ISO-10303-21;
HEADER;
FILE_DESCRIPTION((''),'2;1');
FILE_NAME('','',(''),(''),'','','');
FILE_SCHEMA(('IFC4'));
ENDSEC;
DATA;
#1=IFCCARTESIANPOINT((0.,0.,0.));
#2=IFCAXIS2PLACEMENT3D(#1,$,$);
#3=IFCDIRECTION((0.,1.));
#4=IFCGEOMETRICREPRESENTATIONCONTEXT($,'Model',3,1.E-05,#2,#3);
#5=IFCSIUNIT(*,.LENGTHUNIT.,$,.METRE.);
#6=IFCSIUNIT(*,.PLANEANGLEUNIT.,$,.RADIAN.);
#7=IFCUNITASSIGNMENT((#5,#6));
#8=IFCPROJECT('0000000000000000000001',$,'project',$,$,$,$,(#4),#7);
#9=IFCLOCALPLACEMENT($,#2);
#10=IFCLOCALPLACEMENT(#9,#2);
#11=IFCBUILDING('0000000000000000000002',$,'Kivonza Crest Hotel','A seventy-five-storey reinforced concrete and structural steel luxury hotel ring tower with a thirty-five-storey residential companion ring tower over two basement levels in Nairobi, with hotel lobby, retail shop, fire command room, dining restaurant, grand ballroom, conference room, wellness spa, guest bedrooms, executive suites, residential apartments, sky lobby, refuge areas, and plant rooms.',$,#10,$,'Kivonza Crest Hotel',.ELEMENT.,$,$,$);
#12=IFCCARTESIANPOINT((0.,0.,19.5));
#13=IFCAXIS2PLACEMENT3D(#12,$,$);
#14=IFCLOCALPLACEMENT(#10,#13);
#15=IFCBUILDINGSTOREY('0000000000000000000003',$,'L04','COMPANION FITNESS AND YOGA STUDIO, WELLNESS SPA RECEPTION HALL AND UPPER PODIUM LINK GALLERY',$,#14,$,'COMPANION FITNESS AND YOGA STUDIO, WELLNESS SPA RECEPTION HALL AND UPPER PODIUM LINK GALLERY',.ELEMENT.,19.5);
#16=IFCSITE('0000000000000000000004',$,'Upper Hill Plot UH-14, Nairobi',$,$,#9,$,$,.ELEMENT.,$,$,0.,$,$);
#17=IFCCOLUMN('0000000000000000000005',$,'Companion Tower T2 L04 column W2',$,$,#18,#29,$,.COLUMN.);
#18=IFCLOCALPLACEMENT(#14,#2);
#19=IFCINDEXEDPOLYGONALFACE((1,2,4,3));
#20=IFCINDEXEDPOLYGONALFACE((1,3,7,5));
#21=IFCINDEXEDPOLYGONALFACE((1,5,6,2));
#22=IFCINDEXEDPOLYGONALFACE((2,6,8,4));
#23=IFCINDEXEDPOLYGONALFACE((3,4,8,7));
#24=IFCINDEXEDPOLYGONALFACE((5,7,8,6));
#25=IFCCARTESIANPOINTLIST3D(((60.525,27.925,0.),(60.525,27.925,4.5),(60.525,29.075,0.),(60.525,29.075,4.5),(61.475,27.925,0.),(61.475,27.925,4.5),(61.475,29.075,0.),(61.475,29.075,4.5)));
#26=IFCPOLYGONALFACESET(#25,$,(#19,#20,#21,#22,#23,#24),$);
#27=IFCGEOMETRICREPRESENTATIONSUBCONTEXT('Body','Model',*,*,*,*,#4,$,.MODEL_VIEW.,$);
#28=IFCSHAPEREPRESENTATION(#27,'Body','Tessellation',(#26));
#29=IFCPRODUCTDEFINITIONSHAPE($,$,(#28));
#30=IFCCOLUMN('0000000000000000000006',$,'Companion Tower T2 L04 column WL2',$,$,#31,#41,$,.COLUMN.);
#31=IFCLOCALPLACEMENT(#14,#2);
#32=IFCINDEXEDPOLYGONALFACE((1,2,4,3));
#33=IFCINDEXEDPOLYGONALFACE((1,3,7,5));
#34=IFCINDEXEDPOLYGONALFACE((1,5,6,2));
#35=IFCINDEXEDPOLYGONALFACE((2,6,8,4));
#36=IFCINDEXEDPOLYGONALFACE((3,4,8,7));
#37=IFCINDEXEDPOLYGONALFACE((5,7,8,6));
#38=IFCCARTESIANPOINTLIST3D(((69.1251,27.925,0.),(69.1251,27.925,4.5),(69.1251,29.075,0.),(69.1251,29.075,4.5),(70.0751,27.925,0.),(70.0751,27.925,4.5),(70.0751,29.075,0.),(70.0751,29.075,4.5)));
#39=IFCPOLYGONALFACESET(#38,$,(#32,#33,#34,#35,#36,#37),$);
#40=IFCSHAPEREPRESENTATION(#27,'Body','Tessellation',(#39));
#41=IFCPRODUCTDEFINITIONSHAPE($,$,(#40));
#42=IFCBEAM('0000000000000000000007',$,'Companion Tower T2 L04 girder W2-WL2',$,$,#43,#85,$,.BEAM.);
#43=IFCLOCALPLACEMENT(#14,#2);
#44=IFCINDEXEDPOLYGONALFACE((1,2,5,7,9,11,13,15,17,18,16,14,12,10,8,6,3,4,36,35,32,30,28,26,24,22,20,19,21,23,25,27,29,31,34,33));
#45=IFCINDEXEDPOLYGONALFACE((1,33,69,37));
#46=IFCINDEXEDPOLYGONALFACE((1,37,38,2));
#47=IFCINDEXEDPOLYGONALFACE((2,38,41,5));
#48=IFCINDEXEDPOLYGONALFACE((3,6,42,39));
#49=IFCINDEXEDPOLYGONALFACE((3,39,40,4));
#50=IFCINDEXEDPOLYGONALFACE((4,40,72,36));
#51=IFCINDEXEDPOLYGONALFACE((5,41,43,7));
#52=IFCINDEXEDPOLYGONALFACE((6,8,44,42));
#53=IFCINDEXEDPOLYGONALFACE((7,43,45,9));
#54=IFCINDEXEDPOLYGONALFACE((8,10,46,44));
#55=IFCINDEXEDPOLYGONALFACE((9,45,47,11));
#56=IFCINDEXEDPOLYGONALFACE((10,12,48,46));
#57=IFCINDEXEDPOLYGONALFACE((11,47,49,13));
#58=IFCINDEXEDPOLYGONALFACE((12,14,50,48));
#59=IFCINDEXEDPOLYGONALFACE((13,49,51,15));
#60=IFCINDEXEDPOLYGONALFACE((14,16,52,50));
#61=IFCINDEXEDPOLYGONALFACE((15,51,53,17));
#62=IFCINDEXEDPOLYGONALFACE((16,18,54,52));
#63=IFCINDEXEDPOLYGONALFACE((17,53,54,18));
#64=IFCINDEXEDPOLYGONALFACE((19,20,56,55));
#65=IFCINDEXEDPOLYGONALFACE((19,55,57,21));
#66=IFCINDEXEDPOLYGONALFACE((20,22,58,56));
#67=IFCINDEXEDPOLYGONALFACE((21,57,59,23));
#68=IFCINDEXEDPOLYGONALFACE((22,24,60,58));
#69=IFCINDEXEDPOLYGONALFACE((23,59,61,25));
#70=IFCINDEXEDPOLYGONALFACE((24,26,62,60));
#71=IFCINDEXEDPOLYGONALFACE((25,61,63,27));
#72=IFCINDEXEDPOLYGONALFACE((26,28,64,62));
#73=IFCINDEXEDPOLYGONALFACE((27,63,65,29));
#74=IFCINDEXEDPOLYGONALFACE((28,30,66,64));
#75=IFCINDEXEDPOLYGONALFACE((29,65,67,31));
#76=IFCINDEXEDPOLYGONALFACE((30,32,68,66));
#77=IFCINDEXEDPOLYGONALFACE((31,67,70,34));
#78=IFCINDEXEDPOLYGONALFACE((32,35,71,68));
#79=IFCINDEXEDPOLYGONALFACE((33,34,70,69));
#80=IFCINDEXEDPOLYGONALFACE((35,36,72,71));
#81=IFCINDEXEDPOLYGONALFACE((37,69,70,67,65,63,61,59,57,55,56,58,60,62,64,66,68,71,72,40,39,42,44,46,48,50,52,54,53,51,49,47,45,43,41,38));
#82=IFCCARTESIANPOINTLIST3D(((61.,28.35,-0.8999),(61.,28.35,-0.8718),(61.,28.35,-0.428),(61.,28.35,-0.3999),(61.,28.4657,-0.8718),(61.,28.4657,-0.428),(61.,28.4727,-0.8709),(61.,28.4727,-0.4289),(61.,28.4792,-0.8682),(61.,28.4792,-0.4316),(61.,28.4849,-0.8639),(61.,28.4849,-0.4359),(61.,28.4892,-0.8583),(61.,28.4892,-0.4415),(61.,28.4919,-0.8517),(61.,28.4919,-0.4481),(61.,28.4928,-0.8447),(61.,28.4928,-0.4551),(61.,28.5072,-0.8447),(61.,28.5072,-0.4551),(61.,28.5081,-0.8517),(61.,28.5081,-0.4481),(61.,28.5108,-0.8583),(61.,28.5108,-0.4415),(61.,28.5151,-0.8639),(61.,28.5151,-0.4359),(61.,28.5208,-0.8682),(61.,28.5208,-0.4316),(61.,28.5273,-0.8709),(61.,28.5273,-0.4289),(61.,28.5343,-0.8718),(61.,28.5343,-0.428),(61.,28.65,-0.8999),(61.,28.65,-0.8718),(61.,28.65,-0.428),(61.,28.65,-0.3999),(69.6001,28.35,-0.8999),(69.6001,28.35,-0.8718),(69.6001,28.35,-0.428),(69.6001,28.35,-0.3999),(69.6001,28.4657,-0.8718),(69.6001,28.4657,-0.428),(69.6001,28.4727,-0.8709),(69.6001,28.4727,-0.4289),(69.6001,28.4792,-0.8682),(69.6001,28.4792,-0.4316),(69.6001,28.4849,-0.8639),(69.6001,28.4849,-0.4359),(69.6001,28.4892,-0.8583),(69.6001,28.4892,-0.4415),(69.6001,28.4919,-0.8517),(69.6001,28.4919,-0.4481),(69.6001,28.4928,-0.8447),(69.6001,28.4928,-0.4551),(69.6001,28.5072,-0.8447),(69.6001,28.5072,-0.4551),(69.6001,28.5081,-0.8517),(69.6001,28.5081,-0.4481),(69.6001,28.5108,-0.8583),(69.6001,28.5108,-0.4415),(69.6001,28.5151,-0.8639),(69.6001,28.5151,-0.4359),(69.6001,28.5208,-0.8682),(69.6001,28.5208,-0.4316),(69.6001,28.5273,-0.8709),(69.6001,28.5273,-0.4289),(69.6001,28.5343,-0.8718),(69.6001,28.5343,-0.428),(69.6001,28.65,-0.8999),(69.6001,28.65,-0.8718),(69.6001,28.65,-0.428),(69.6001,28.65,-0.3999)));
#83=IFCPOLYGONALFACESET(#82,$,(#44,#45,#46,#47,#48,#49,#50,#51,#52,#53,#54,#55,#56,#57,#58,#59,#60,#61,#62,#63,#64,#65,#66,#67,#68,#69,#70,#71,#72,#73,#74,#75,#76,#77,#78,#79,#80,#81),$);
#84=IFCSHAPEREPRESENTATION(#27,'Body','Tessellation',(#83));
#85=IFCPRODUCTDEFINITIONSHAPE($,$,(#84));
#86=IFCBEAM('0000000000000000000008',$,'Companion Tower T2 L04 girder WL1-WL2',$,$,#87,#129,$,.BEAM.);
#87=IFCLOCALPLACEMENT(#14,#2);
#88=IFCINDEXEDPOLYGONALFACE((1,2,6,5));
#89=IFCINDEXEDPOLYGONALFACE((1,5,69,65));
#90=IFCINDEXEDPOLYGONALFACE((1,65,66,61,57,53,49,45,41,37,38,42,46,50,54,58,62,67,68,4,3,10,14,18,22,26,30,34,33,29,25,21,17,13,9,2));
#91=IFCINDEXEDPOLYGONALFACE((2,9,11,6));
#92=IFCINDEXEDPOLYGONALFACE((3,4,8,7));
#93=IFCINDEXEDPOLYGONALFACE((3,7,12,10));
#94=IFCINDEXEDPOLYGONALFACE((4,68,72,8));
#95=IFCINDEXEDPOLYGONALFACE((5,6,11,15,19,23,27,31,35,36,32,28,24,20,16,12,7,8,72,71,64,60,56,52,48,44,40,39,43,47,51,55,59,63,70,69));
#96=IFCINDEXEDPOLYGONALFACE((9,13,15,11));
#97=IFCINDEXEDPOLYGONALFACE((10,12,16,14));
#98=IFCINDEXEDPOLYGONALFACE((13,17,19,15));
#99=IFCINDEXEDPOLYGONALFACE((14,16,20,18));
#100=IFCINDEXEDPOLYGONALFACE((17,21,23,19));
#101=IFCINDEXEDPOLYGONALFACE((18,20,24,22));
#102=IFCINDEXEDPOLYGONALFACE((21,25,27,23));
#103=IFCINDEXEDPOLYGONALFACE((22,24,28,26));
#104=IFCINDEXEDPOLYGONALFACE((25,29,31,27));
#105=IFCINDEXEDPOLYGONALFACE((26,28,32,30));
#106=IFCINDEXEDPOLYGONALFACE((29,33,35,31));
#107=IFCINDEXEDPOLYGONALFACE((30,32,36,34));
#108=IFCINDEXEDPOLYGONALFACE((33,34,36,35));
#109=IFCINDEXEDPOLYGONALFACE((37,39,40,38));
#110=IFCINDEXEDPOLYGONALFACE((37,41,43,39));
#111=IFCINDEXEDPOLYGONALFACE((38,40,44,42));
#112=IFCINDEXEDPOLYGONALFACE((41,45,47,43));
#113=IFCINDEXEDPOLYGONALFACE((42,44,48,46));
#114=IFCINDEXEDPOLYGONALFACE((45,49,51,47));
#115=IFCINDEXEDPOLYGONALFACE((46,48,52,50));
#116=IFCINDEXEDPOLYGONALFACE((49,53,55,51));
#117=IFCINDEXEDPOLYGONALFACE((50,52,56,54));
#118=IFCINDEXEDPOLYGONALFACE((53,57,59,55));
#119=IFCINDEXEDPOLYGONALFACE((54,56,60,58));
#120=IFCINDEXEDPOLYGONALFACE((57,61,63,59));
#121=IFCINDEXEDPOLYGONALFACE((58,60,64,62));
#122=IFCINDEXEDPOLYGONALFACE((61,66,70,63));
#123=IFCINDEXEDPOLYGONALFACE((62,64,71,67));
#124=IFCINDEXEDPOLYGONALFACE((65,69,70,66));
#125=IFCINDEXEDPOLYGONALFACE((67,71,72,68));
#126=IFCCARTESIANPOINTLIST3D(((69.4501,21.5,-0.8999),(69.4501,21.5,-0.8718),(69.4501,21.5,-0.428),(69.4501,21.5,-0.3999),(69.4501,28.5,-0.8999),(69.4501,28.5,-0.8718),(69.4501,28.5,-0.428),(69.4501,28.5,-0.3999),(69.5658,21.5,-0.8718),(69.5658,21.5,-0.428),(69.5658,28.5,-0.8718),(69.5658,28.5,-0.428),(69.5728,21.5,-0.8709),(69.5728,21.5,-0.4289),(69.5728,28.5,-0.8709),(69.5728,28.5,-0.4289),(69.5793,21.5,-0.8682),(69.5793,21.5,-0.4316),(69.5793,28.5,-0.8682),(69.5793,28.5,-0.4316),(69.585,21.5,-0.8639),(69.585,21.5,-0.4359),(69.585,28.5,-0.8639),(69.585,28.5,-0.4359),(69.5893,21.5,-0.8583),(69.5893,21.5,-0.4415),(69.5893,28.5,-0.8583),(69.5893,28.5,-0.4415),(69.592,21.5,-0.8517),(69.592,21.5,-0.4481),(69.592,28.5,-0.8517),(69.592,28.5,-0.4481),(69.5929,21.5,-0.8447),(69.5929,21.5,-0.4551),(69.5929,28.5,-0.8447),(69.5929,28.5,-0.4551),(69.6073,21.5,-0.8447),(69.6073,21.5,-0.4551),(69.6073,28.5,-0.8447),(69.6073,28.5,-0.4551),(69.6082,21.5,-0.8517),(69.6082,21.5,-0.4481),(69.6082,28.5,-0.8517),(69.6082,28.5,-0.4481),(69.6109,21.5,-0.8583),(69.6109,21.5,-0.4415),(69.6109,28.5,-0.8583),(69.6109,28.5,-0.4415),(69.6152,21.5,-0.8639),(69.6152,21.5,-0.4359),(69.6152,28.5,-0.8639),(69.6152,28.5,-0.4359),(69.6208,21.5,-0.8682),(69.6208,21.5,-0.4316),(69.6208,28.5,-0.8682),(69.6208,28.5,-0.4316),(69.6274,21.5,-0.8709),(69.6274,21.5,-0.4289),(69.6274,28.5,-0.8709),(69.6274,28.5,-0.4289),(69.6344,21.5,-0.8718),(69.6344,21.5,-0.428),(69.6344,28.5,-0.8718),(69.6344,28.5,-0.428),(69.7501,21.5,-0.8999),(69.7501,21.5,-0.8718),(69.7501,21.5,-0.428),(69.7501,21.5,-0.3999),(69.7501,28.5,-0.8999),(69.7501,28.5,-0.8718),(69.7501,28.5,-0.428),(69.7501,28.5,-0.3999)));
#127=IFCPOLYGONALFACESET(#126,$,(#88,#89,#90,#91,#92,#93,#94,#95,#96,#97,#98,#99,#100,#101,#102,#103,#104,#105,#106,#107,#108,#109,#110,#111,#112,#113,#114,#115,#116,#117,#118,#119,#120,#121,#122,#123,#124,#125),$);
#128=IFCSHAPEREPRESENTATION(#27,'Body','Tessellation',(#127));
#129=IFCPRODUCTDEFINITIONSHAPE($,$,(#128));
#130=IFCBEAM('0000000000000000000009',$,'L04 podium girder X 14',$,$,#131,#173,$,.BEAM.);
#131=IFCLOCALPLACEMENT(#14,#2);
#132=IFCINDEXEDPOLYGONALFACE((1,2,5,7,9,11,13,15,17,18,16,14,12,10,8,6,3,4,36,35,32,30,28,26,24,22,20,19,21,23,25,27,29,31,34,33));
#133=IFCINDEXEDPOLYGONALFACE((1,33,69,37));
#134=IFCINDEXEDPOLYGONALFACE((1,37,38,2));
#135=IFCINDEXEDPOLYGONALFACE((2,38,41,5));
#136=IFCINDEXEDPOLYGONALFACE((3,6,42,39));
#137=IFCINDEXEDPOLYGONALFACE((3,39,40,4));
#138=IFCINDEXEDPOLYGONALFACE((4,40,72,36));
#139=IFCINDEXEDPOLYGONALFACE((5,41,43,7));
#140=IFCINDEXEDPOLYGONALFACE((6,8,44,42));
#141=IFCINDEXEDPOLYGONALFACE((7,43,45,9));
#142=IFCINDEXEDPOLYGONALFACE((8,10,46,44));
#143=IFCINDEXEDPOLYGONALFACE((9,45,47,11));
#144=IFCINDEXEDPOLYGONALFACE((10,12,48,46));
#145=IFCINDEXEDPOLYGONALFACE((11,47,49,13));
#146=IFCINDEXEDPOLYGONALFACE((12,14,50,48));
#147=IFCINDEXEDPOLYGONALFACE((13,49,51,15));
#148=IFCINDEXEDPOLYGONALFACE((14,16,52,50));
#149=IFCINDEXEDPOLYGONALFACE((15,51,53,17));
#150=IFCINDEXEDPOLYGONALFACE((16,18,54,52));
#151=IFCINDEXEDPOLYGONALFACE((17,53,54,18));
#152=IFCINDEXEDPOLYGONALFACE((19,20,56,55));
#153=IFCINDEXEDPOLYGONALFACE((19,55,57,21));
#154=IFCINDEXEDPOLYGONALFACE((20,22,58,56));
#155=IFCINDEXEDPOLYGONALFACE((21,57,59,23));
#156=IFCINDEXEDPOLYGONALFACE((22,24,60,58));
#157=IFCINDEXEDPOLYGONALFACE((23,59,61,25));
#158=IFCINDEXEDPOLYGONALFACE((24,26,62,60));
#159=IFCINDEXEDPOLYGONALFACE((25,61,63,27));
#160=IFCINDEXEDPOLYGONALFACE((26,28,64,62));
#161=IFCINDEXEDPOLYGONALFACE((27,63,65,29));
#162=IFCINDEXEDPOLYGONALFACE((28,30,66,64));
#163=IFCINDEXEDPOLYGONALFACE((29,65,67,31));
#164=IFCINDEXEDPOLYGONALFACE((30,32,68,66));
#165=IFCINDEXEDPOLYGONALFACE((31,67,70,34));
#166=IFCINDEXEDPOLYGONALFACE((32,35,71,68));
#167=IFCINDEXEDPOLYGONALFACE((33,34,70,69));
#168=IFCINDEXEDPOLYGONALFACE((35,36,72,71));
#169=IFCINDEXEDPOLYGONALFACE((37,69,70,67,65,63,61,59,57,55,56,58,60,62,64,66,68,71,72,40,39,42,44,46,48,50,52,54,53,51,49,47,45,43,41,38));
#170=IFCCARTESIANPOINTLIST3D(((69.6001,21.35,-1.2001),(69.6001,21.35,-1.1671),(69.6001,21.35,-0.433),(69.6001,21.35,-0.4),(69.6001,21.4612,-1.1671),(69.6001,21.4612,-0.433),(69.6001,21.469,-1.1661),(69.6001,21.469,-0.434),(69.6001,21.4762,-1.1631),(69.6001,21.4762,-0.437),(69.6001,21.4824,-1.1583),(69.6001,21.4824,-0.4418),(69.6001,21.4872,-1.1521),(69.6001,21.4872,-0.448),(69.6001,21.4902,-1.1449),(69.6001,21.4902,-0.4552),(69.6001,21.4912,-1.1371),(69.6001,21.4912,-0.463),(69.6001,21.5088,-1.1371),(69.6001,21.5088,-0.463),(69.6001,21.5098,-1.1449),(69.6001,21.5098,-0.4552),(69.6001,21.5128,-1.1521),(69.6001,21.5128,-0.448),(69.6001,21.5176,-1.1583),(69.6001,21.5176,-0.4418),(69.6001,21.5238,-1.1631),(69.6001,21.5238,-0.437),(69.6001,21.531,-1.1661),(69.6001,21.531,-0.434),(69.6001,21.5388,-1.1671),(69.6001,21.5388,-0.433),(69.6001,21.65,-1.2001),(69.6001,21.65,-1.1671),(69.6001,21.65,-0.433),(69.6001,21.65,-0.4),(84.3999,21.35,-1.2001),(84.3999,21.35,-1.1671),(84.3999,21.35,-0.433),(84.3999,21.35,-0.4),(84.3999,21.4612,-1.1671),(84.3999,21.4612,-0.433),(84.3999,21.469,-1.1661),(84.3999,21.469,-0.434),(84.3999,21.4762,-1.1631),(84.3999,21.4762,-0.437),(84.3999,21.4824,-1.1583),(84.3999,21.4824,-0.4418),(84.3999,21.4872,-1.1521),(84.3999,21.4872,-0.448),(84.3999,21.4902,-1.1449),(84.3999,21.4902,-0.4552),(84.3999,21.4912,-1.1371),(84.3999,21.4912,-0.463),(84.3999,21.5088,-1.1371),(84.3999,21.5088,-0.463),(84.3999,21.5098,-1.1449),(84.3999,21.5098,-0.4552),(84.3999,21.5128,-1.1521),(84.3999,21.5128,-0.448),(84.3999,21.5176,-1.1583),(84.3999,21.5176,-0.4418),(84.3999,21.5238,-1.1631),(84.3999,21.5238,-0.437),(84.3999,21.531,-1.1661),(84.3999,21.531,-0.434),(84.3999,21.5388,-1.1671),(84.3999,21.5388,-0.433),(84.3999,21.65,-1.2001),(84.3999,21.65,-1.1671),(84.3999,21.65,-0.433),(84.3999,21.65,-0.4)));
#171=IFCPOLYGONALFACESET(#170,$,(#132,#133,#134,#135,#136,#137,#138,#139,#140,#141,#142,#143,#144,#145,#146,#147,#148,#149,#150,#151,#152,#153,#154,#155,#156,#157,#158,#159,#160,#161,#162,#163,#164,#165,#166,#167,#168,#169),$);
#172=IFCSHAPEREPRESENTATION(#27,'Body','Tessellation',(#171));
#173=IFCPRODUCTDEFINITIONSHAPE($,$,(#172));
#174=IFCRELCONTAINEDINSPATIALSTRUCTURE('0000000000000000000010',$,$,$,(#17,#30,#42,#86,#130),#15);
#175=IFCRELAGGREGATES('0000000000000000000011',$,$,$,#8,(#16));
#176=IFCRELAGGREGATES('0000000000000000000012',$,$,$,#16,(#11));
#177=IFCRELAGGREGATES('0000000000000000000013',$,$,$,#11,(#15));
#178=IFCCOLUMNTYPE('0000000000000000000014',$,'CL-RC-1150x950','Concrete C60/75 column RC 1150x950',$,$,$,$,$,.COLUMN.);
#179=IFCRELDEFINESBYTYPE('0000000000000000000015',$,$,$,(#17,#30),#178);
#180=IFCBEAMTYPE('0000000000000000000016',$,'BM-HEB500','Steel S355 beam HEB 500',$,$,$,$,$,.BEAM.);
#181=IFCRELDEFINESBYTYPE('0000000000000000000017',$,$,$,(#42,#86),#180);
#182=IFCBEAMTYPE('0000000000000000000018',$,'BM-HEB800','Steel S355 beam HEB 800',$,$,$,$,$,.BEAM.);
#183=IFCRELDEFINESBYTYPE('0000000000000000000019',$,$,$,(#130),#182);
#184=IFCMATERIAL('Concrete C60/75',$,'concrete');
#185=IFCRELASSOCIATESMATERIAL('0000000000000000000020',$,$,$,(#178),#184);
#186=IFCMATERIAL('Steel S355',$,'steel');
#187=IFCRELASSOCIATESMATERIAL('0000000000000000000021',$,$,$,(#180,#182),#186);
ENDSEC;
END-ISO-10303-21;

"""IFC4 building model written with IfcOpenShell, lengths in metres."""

from ifc_helpers import new_model, si_unit, direction, frame, origin, origin_2d, place, context, subcontext, project, spatial, rectangle, i_section, extrude, material, material_profile, profile_set, type_object, element, save


model = new_model("IFC4")

# Units and contexts
model_context = context("Model", 3, precision=1e-05, world=origin(), true_north=direction((0.0, 1.0)))
body_context = subcontext(model_context, "Body", "Model", "MODEL_VIEW")
ifc_project = project(units=[si_unit("LENGTHUNIT", "METRE"), si_unit("PLANEANGLEUNIT", "RADIAN")], contexts=[model_context])

# Site, building, storey
site_placement = place(None, origin())
site = spatial("IfcSite", under=ifc_project, at=site_placement, Name="Upper Hill Plot UH-14, Nairobi", CompositionType="ELEMENT", RefElevation=0.0)
building_placement = place(site_placement, origin())
building = spatial("IfcBuilding", under=site, at=building_placement, Name="Kivonza Crest Hotel", Description="A seventy-five-storey reinforced concrete and structural steel luxury hotel ring tower with a thirty-five-storey residential companion ring tower over two basement levels in Nairobi, with hotel lobby, retail shop, fire command room, dining restaurant, grand ballroom, conference room, wellness spa, guest bedrooms, executive suites, residential apartments, sky lobby, refuge areas, and plant rooms.", LongName="Kivonza Crest Hotel", CompositionType="ELEMENT")
storey_placement = place(building_placement, frame((0.0, 0.0, 19.5)))
storey = spatial("IfcBuildingStorey", under=building, at=storey_placement, Name="L04", Description="COMPANION FITNESS AND YOGA STUDIO, WELLNESS SPA RECEPTION HALL AND UPPER PODIUM LINK GALLERY", LongName="COMPANION FITNESS AND YOGA STUDIO, WELLNESS SPA RECEPTION HALL AND UPPER PODIUM LINK GALLERY", CompositionType="ELEMENT", Elevation=19.5)

# Columns
ifc_material_1 = material(Name="Concrete C60/75", Category="concrete")
ifc_material_profile_1 = material_profile(ifc_material_1, rectangle(XDim=0.95, YDim=1.1499, at=origin_2d()), Name="RC 1150x950")
ifc_profile_set_1 = profile_set([ifc_material_profile_1], Name="Concrete C60/75")
column_type = type_object("IfcColumnType", Name="CL-RC-1150x950", Description="Concrete C60/75 column RC 1150x950", PredefinedType="COLUMN", material=ifc_profile_set_1)
for number, where, z_axis, x_axis, name in (
    (1, (61.0, 28.5, 0.0), (0.0, 0.0, 1.0), (1.0, 0.0, 0.0), "Companion Tower T2 L04 column W2"),
    (2, (69.6001, 28.5, 0.0), (0.0, 0.0, 1.0), (1.0, 0.0, 0.0), "Companion Tower T2 L04 column WL2"),
):
    element("IfcColumn", number, at=place(storey_placement, frame(where, z_axis=z_axis, x_axis=x_axis)), inside=storey, type_object=column_type, Name=name, PredefinedType="COLUMN", context=body_context, shape_type="SweptSolid", body=[
        extrude(rectangle(XDim=0.95, YDim=1.1499, at=origin_2d()), origin(), (0.0, 0.0, 1.0), 4.5),
    ])

# Beams
ifc_material_2 = material(Name="Steel S355", Category="steel")
ifc_material_profile_2 = material_profile(ifc_material_2, i_section(OverallWidth=0.3, OverallDepth=0.5, WebThickness=0.0144, FlangeThickness=0.0281, FilletRadius=0.0271, at=origin_2d()), Name="HEB 500")
ifc_profile_set_2 = profile_set([ifc_material_profile_2], Name="Steel S355")
beam_type_1 = type_object("IfcBeamType", Name="BM-HEB500", Description="Steel S355 beam HEB 500", PredefinedType="BEAM", material=ifc_profile_set_2)
beam_1_placement = place(storey_placement, frame((61.0, 28.5, -0.6499), z_axis=(1.0, 0.0, 0.0), x_axis=(0.0, 1.0, 0.0)))
element("IfcBeam", 3, at=beam_1_placement, inside=storey, type_object=beam_type_1, Name="Companion Tower T2 L04 girder W2-WL2", PredefinedType="BEAM", context=body_context, shape_type="SweptSolid", body=[
    extrude(i_section(OverallWidth=0.3, OverallDepth=0.5, WebThickness=0.0144, FlangeThickness=0.0281, FilletRadius=0.0271, at=origin_2d()), origin(), (0.0, 0.0, 1.0), 8.6001),
])
beam_2_placement = place(storey_placement, frame((69.6001, 21.5, -0.6499), z_axis=(0.0, 1.0, 0.0), x_axis=(-1.0, 0.0, 0.0)))
element("IfcBeam", 4, at=beam_2_placement, inside=storey, type_object=beam_type_1, Name="Companion Tower T2 L04 girder WL1-WL2", PredefinedType="BEAM", context=body_context, shape_type="SweptSolid", body=[
    extrude(i_section(OverallWidth=0.3, OverallDepth=0.5, WebThickness=0.0144, FlangeThickness=0.0281, FilletRadius=0.0271, at=origin_2d()), origin(), (0.0, 0.0, 1.0), 7.0),
])
ifc_material_profile_3 = material_profile(ifc_material_2, i_section(OverallWidth=0.3, OverallDepth=0.8, WebThickness=0.0176, FlangeThickness=0.033, FilletRadius=0.03, at=origin_2d()), Name="HEB 800")
ifc_profile_set_3 = profile_set([ifc_material_profile_3], Name="Steel S355")
beam_type_2 = type_object("IfcBeamType", Name="BM-HEB800", Description="Steel S355 beam HEB 800", PredefinedType="BEAM", material=ifc_profile_set_3)
for number, where, z_axis, x_axis, name in (
    (5, (69.6001, 21.5, -0.8), (1.0, 0.0, 0.0), (0.0, 1.0, 0.0), "L04 podium girder X 14"),
):
    element("IfcBeam", number, at=place(storey_placement, frame(where, z_axis=z_axis, x_axis=x_axis)), inside=storey, type_object=beam_type_2, Name=name, PredefinedType="BEAM", context=body_context, shape_type="SweptSolid", body=[
        extrude(i_section(OverallWidth=0.3, OverallDepth=0.8, WebThickness=0.0176, FlangeThickness=0.033, FilletRadius=0.03, at=origin_2d()), origin(), (0.0, 0.0, 1.0), 14.7998),
    ])

save(model, "model.ifc")
